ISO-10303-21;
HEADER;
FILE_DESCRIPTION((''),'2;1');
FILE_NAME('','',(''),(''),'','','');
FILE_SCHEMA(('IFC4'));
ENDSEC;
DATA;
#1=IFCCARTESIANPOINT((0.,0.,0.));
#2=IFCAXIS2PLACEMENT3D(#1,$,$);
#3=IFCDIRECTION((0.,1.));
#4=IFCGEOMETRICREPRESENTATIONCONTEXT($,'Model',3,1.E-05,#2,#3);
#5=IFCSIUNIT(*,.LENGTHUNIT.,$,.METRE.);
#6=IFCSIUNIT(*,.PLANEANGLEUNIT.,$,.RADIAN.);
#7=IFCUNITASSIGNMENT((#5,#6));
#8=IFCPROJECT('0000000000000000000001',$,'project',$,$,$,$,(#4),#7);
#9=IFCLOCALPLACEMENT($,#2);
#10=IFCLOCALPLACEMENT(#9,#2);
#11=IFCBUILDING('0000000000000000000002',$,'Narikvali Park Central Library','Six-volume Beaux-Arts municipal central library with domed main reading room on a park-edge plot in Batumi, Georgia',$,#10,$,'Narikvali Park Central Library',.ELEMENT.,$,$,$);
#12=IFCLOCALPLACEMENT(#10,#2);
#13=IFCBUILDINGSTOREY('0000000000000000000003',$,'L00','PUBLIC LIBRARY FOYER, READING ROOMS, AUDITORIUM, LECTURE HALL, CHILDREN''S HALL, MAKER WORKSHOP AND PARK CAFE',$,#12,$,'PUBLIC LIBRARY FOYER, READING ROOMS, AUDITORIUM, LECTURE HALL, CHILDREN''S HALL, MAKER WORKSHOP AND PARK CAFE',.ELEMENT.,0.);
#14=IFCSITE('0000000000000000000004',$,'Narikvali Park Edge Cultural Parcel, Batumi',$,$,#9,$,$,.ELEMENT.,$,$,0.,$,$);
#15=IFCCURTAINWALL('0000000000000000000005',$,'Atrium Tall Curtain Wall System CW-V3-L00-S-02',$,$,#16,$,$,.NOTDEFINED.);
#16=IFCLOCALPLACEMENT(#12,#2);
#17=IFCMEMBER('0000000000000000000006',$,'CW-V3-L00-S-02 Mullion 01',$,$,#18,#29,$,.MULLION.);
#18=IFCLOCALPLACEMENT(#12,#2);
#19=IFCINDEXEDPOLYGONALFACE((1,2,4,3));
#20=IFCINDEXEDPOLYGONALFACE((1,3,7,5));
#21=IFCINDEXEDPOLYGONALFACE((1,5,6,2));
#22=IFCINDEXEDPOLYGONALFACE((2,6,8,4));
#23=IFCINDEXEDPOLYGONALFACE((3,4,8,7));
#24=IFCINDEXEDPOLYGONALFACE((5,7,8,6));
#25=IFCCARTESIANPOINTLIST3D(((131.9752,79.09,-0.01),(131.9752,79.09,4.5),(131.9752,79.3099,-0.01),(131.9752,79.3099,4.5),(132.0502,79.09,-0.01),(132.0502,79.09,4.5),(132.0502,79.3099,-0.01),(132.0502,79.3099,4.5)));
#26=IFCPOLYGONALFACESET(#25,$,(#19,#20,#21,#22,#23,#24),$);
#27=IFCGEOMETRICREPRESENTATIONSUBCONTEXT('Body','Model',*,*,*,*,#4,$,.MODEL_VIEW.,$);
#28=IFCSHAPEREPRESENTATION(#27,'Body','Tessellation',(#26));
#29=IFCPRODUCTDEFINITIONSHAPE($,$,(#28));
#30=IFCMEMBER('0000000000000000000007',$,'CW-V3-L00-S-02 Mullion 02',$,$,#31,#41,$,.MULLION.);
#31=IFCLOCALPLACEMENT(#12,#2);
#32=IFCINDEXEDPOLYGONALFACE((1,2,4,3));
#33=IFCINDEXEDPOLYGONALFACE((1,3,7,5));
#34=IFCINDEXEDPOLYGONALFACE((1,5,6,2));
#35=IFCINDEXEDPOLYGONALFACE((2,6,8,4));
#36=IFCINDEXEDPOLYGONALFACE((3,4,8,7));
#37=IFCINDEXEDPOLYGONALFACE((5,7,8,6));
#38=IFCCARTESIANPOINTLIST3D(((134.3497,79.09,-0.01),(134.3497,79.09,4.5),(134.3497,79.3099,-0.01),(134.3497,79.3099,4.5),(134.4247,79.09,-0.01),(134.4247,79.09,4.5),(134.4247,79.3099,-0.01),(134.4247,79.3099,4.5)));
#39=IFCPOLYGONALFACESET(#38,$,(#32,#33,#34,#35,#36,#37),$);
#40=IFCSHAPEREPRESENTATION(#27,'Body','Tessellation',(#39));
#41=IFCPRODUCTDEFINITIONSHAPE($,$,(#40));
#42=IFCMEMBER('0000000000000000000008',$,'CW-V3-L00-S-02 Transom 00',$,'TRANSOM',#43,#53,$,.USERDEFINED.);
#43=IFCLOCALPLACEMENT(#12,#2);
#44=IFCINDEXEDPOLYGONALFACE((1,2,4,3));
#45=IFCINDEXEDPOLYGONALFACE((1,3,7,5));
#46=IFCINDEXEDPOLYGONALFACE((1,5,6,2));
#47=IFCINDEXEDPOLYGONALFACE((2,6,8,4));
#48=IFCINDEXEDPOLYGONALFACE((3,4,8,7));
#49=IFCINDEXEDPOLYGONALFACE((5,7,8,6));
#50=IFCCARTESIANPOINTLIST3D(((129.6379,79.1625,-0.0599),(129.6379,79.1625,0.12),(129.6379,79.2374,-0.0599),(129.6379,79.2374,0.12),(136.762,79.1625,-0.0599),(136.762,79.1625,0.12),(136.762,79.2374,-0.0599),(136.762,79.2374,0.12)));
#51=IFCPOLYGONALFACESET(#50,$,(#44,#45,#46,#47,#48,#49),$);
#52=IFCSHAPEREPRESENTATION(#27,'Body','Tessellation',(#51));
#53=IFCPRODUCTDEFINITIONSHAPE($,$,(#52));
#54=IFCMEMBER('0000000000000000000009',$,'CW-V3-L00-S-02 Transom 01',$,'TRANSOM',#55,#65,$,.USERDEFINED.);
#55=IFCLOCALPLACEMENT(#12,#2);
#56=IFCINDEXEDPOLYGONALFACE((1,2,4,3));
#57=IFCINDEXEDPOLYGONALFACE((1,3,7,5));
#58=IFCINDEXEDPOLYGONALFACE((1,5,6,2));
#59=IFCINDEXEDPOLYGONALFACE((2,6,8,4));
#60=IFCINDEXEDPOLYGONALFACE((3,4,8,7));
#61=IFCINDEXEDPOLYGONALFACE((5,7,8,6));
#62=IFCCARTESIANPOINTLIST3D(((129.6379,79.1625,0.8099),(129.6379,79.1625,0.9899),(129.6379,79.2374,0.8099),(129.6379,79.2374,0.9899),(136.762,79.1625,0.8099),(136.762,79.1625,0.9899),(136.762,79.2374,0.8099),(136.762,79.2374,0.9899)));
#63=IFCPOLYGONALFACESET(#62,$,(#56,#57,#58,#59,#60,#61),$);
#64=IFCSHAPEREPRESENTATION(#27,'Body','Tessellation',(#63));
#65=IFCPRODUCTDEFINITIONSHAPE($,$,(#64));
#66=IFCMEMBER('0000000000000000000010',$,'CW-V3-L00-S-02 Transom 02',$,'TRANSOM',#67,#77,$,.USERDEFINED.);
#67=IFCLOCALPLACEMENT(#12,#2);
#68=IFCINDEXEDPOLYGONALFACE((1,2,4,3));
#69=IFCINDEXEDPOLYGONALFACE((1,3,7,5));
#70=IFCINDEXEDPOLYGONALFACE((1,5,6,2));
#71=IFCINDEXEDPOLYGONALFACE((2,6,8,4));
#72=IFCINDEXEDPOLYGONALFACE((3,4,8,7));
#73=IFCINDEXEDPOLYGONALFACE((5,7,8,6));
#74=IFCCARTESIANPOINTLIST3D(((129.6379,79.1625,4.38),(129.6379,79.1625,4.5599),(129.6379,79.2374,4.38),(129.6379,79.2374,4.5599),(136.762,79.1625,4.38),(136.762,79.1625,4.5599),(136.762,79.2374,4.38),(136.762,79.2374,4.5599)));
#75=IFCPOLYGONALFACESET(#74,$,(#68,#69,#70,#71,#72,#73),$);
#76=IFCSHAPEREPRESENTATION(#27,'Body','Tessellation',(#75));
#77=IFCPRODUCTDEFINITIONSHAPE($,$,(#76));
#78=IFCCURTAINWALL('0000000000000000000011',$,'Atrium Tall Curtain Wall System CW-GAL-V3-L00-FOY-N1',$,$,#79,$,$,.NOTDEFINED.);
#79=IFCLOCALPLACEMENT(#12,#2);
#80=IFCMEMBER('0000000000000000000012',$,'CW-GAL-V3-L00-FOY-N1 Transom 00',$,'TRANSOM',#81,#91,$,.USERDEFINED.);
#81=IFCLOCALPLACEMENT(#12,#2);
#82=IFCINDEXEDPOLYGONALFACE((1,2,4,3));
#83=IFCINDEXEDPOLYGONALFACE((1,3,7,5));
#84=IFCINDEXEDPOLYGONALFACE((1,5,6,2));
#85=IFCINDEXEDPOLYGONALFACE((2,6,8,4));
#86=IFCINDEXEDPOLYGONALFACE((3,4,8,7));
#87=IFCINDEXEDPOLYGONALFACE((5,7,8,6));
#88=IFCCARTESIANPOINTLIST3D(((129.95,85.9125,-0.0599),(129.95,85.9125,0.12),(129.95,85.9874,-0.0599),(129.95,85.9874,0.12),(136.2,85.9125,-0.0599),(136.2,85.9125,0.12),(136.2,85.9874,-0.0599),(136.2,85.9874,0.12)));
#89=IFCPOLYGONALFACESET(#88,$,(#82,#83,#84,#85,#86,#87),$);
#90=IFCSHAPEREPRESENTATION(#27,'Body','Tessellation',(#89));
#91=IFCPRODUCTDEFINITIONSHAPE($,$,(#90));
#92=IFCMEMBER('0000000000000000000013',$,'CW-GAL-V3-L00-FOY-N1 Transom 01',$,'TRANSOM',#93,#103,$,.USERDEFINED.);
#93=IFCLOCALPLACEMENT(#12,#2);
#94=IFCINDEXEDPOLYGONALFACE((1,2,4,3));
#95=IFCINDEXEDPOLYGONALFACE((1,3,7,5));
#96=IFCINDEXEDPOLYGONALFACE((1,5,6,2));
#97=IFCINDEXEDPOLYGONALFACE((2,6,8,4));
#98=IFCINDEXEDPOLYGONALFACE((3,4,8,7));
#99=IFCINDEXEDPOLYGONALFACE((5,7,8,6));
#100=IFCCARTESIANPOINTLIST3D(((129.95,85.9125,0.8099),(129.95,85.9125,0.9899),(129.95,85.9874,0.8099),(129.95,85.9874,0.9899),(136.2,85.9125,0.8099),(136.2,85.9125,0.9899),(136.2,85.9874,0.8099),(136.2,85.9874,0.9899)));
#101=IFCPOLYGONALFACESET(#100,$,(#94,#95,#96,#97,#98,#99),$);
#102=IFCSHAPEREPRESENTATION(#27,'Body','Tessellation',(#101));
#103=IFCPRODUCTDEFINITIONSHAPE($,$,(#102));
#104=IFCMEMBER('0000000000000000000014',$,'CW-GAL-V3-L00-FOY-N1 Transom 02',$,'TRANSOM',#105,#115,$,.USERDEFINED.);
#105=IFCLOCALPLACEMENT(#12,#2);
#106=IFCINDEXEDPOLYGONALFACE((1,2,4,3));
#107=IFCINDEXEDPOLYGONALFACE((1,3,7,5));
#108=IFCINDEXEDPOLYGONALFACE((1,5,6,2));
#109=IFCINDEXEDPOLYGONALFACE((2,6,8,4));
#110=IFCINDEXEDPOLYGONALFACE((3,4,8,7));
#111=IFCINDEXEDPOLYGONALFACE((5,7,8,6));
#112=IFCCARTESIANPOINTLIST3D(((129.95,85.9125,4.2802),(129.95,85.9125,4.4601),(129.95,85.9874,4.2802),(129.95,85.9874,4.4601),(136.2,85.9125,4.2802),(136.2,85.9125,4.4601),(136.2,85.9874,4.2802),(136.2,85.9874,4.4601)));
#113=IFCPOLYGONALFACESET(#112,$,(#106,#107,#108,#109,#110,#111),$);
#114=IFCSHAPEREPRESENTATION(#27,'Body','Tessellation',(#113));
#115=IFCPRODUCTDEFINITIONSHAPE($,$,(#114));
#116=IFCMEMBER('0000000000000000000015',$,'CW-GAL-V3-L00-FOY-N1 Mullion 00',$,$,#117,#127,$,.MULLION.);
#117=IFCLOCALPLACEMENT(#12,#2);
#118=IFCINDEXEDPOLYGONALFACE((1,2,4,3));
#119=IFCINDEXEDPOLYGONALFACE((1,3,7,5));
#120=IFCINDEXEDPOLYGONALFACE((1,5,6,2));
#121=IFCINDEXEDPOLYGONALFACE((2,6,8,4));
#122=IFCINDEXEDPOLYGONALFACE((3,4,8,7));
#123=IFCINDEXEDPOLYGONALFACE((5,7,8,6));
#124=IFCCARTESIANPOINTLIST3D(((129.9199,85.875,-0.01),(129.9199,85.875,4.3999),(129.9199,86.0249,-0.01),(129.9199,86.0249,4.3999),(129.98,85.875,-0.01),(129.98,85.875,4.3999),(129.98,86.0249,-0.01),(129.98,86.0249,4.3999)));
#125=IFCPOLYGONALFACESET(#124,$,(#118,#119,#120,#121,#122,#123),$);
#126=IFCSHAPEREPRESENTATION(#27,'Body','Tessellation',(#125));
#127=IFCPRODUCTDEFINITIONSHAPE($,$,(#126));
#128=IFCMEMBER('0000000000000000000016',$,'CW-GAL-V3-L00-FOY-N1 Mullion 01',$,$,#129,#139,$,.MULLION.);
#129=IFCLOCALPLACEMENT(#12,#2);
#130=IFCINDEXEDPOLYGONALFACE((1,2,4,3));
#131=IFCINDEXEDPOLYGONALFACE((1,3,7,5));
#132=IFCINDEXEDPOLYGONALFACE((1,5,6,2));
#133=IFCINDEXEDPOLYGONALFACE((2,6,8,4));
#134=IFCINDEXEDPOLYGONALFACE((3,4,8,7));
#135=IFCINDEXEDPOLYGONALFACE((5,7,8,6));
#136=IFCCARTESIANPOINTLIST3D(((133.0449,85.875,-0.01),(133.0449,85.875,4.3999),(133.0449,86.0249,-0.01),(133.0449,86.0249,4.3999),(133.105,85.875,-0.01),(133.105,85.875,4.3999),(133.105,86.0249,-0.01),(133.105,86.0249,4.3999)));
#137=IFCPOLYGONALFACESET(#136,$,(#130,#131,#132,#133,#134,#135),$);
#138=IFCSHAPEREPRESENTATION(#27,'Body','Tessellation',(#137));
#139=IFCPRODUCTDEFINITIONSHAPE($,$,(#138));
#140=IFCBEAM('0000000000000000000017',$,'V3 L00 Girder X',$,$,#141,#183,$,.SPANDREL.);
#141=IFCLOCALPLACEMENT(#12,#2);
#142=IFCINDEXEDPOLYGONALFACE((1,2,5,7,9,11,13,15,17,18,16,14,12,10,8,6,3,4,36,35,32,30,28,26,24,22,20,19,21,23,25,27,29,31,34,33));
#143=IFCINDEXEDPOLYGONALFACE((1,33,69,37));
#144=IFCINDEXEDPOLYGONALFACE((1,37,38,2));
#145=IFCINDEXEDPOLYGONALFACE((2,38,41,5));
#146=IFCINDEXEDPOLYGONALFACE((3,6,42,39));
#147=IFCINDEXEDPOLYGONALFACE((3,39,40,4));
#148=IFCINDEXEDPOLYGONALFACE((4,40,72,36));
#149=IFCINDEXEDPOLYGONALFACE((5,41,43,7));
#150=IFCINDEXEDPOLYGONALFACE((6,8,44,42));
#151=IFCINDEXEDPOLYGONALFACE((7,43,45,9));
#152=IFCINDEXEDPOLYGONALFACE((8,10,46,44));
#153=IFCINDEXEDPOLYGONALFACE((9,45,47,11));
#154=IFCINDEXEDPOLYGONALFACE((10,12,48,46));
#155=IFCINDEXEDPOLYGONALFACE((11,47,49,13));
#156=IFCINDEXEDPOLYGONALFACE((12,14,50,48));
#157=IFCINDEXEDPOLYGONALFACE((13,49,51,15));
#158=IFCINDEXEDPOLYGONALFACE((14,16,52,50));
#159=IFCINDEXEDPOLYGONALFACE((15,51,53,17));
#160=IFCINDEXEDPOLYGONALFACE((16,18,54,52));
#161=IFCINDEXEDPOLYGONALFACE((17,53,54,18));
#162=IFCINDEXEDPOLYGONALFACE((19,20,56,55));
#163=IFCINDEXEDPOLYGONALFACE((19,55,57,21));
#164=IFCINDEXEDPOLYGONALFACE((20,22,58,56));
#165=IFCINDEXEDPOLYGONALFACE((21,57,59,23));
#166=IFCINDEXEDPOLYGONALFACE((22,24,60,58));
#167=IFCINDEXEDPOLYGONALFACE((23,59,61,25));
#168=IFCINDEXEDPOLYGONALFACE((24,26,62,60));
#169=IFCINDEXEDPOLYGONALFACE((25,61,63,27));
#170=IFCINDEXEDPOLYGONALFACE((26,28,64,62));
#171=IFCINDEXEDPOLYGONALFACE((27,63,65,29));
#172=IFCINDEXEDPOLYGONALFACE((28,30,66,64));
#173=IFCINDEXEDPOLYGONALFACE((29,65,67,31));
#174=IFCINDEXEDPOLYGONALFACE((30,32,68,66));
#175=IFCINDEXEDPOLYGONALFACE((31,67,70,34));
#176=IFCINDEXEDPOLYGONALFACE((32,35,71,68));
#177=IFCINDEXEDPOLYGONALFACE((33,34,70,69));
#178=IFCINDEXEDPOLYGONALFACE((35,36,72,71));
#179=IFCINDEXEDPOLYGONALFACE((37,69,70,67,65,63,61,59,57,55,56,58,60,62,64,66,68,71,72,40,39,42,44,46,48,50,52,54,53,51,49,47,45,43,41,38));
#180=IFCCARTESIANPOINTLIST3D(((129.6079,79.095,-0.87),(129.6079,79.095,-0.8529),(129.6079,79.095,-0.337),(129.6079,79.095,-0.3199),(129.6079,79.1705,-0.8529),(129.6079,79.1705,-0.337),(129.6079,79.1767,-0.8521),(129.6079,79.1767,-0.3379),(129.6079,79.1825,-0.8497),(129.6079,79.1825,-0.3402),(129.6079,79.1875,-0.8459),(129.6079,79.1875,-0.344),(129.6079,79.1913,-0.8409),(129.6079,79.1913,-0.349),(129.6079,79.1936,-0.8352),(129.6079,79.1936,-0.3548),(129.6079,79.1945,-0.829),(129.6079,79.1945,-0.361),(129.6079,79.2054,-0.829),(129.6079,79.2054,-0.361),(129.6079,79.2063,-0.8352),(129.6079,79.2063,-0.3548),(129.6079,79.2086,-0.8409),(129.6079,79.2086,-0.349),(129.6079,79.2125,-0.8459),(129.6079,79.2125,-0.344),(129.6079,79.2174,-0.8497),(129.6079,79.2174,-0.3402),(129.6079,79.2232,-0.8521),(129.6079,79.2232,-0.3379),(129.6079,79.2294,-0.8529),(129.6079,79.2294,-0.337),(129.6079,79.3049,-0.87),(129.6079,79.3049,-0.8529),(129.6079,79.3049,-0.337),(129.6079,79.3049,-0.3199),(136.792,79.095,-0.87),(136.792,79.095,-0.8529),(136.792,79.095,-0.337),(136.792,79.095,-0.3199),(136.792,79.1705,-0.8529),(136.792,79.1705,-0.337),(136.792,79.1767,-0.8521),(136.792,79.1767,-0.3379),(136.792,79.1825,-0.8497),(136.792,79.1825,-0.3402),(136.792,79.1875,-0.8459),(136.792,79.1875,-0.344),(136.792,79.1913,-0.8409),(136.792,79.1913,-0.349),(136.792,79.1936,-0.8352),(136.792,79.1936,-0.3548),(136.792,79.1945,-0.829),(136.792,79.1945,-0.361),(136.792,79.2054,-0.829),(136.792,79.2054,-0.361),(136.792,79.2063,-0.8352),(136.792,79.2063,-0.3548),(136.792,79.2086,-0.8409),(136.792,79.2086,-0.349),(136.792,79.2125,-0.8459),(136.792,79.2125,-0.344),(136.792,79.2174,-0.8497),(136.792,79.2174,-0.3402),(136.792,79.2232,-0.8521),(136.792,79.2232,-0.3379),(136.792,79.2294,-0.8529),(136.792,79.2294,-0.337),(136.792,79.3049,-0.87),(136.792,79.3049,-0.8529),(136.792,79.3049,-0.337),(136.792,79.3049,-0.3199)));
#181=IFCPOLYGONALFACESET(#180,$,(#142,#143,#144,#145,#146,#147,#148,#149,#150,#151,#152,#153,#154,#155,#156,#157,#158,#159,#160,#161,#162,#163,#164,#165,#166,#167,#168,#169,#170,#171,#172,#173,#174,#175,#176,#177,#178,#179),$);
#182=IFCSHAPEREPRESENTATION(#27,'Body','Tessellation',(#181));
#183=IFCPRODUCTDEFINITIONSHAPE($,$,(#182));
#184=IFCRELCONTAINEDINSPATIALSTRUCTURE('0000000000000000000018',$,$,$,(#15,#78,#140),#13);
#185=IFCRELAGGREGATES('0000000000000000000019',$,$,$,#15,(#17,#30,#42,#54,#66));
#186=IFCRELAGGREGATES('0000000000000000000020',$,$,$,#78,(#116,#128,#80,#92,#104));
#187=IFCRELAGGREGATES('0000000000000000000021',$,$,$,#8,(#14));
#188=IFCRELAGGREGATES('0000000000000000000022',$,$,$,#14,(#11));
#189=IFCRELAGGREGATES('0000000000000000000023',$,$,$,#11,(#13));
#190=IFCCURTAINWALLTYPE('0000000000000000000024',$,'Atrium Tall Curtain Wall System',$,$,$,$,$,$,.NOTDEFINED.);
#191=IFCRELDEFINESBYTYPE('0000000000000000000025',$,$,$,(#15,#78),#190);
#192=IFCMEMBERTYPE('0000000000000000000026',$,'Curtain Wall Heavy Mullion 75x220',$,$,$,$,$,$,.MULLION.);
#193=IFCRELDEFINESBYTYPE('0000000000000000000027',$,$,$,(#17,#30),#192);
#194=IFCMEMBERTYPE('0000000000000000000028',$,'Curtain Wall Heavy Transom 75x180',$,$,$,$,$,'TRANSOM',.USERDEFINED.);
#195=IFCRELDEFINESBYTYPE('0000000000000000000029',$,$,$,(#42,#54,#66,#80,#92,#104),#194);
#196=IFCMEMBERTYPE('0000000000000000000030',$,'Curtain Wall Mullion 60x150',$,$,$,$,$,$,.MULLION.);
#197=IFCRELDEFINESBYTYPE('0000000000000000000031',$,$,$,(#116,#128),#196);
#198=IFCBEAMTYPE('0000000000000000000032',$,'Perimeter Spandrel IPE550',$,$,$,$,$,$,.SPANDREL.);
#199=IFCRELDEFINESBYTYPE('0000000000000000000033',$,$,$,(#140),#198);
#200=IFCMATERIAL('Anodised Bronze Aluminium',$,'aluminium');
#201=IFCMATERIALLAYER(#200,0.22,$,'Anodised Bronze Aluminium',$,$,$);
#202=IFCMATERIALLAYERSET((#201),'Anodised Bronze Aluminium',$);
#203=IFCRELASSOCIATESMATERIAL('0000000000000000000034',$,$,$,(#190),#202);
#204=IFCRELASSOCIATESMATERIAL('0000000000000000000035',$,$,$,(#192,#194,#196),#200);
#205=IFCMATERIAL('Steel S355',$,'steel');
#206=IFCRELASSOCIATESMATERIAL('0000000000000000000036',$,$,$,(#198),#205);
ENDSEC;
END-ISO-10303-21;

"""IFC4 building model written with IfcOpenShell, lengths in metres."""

from ifc_helpers import new_model, si_unit, direction, frame, origin, origin_2d, place, context, subcontext, project, spatial, rectangle, i_section, extrude, material, layer, layer_set, material_profile, profile_set, type_object, element, aggregate, save


model = new_model("IFC4")

# Units and contexts
model_context = context("Model", 3, precision=1e-05, world=origin(), true_north=direction((0.0, 1.0)))
body_context = subcontext(model_context, "Body", "Model", "MODEL_VIEW")
ifc_project = project(units=[si_unit("LENGTHUNIT", "METRE"), si_unit("PLANEANGLEUNIT", "RADIAN")], contexts=[model_context])

# Site, building, storey
site_placement = place(None, origin())
site = spatial("IfcSite", under=ifc_project, at=site_placement, Name="Narikvali Park Edge Cultural Parcel, Batumi", CompositionType="ELEMENT", RefElevation=0.0)
building_placement = place(site_placement, origin())
building = spatial("IfcBuilding", under=site, at=building_placement, Name="Narikvali Park Central Library", Description="Six-volume Beaux-Arts municipal central library with domed main reading room on a park-edge plot in Batumi, Georgia", LongName="Narikvali Park Central Library", CompositionType="ELEMENT")
storey_placement = place(building_placement, origin())
storey = spatial("IfcBuildingStorey", under=building, at=storey_placement, Name="L00", Description="PUBLIC LIBRARY FOYER, READING ROOMS, AUDITORIUM, LECTURE HALL, CHILDREN'S HALL, MAKER WORKSHOP AND PARK CAFE", LongName="PUBLIC LIBRARY FOYER, READING ROOMS, AUDITORIUM, LECTURE HALL, CHILDREN'S HALL, MAKER WORKSHOP AND PARK CAFE", CompositionType="ELEMENT", Elevation=0.0)

# Shared definitions
ifc_material_1 = material(Name="Steel S355", Category="steel")

# Curtain walls, members
ifc_material_2 = material(Name="Anodised Bronze Aluminium", Category="aluminium")
ifc_layer_1 = layer(ifc_material_2, 0.22, Name="Anodised Bronze Aluminium")
ifc_layer_set_1 = layer_set([ifc_layer_1], Name="Anodised Bronze Aluminium")
curtain_wall_type = type_object("IfcCurtainWallType", Name="Atrium Tall Curtain Wall System", PredefinedType="NOTDEFINED", material=ifc_layer_set_1)
curtain_wall_1_placement = place(storey_placement, origin())
curtain_wall_1 = element("IfcCurtainWall", 1, at=curtain_wall_1_placement, inside=storey, type_object=curtain_wall_type, Name="Atrium Tall Curtain Wall System CW-V3-L00-S-02", PredefinedType="NOTDEFINED")
ifc_material_profile_1 = material_profile(ifc_material_2, rectangle(XDim=0.075, YDim=0.22, at=origin_2d()), Name="CW MULLION 75x220")
ifc_profile_set_1 = profile_set([ifc_material_profile_1], Name="Anodised Bronze Aluminium")
member_type_1 = type_object("IfcMemberType", Name="Curtain Wall Heavy Mullion 75x220", PredefinedType="MULLION", material=ifc_profile_set_1)
member_1_placement = place(storey_placement, frame((132.0127, 79.2, -0.01), z_axis=(0.0, 0.0, 1.0), x_axis=(1.0, 0.0, 0.0)))
member_1 = element("IfcMember", 2, at=member_1_placement, type_object=member_type_1, Name="CW-V3-L00-S-02 Mullion 01", PredefinedType="MULLION", context=body_context, shape_type="SweptSolid", body=[
    extrude(rectangle(XDim=0.075, YDim=0.22, at=origin_2d()), origin(), (0.0, 0.0, 1.0), 4.51),
])
member_2_placement = place(storey_placement, frame((134.3872, 79.2, -0.01), z_axis=(0.0, 0.0, 1.0), x_axis=(1.0, 0.0, 0.0)))
member_2 = element("IfcMember", 3, at=member_2_placement, type_object=member_type_1, Name="CW-V3-L00-S-02 Mullion 02", PredefinedType="MULLION", context=body_context, shape_type="SweptSolid", body=[
    extrude(rectangle(XDim=0.075, YDim=0.22, at=origin_2d()), origin(), (0.0, 0.0, 1.0), 4.51),
])
ifc_material_profile_2 = material_profile(ifc_material_2, rectangle(XDim=0.075, YDim=0.1799, at=origin_2d()), Name="CW TRANSOM 75x180")
ifc_profile_set_2 = profile_set([ifc_material_profile_2], Name="Anodised Bronze Aluminium")
member_type_2 = type_object("IfcMemberType", Name="Curtain Wall Heavy Transom 75x180", ElementType="TRANSOM", PredefinedType="USERDEFINED", material=ifc_profile_set_2)
member_3_placement = place(storey_placement, frame((129.6379, 79.2, 0.03), z_axis=(1.0, 0.0, 0.0), x_axis=(0.0, 1.0, 0.0)))
member_3 = element("IfcMember", 4, at=member_3_placement, type_object=member_type_2, Name="CW-V3-L00-S-02 Transom 00", ObjectType="TRANSOM", PredefinedType="USERDEFINED", context=body_context, shape_type="SweptSolid", body=[
    extrude(rectangle(XDim=0.075, YDim=0.1799, at=origin_2d()), origin(), (0.0, 0.0, 1.0), 7.124),
])
member_4_placement = place(storey_placement, frame((129.6379, 79.2, 0.8999), z_axis=(1.0, 0.0, 0.0), x_axis=(0.0, 1.0, 0.0)))
member_4 = element("IfcMember", 5, at=member_4_placement, type_object=member_type_2, Name="CW-V3-L00-S-02 Transom 01", ObjectType="TRANSOM", PredefinedType="USERDEFINED", context=body_context, shape_type="SweptSolid", body=[
    extrude(rectangle(XDim=0.075, YDim=0.1799, at=origin_2d()), origin(), (0.0, 0.0, 1.0), 7.124),
])
member_5_placement = place(storey_placement, frame((129.6379, 79.2, 4.47), z_axis=(1.0, 0.0, 0.0), x_axis=(0.0, 1.0, 0.0)))
member_5 = element("IfcMember", 6, at=member_5_placement, type_object=member_type_2, Name="CW-V3-L00-S-02 Transom 02", ObjectType="TRANSOM", PredefinedType="USERDEFINED", context=body_context, shape_type="SweptSolid", body=[
    extrude(rectangle(XDim=0.075, YDim=0.1799, at=origin_2d()), origin(), (0.0, 0.0, 1.0), 7.124),
])
curtain_wall_2_placement = place(storey_placement, origin())
curtain_wall_2 = element("IfcCurtainWall", 7, at=curtain_wall_2_placement, inside=storey, type_object=curtain_wall_type, Name="Atrium Tall Curtain Wall System CW-GAL-V3-L00-FOY-N1", PredefinedType="NOTDEFINED")
member_6_placement = place(storey_placement, frame((129.95, 85.95, 0.03), z_axis=(1.0, 0.0, 0.0), x_axis=(0.0, 1.0, 0.0)))
member_6 = element("IfcMember", 8, at=member_6_placement, type_object=member_type_2, Name="CW-GAL-V3-L00-FOY-N1 Transom 00", ObjectType="TRANSOM", PredefinedType="USERDEFINED", context=body_context, shape_type="SweptSolid", body=[
    extrude(rectangle(XDim=0.075, YDim=0.1799, at=origin_2d()), origin(), (0.0, 0.0, 1.0), 6.25),
])
member_7_placement = place(storey_placement, frame((129.95, 85.95, 0.8999), z_axis=(1.0, 0.0, 0.0), x_axis=(0.0, 1.0, 0.0)))
member_7 = element("IfcMember", 9, at=member_7_placement, type_object=member_type_2, Name="CW-GAL-V3-L00-FOY-N1 Transom 01", ObjectType="TRANSOM", PredefinedType="USERDEFINED", context=body_context, shape_type="SweptSolid", body=[
    extrude(rectangle(XDim=0.075, YDim=0.1799, at=origin_2d()), origin(), (0.0, 0.0, 1.0), 6.25),
])
member_8_placement = place(storey_placement, frame((129.95, 85.95, 4.3701), z_axis=(1.0, 0.0, 0.0), x_axis=(0.0, 1.0, 0.0)))
member_8 = element("IfcMember", 10, at=member_8_placement, type_object=member_type_2, Name="CW-GAL-V3-L00-FOY-N1 Transom 02", ObjectType="TRANSOM", PredefinedType="USERDEFINED", context=body_context, shape_type="SweptSolid", body=[
    extrude(rectangle(XDim=0.075, YDim=0.1799, at=origin_2d()), origin(), (0.0, 0.0, 1.0), 6.25),
])
ifc_material_profile_3 = material_profile(ifc_material_2, rectangle(XDim=0.0601, YDim=0.1499, at=origin_2d()), Name="CW MULLION 60x150")
ifc_profile_set_3 = profile_set([ifc_material_profile_3], Name="Anodised Bronze Aluminium")
member_type_3 = type_object("IfcMemberType", Name="Curtain Wall Mullion 60x150", PredefinedType="MULLION", material=ifc_profile_set_3)
member_9_placement = place(storey_placement, frame((129.95, 85.95, -0.01), z_axis=(0.0, 0.0, 1.0), x_axis=(1.0, 0.0, 0.0)))
member_9 = element("IfcMember", 11, at=member_9_placement, type_object=member_type_3, Name="CW-GAL-V3-L00-FOY-N1 Mullion 00", PredefinedType="MULLION", context=body_context, shape_type="SweptSolid", body=[
    extrude(rectangle(XDim=0.0601, YDim=0.1499, at=origin_2d()), origin(), (0.0, 0.0, 1.0), 4.4099),
])
member_10_placement = place(storey_placement, frame((133.075, 85.95, -0.01), z_axis=(0.0, 0.0, 1.0), x_axis=(1.0, 0.0, 0.0)))
member_10 = element("IfcMember", 12, at=member_10_placement, type_object=member_type_3, Name="CW-GAL-V3-L00-FOY-N1 Mullion 01", PredefinedType="MULLION", context=body_context, shape_type="SweptSolid", body=[
    extrude(rectangle(XDim=0.0601, YDim=0.1499, at=origin_2d()), origin(), (0.0, 0.0, 1.0), 4.4099),
])

# Beam
ifc_material_profile_4 = material_profile(ifc_material_1, i_section(OverallWidth=0.21, OverallDepth=0.55, WebThickness=0.011, FlangeThickness=0.0171, FilletRadius=0.0239, at=origin_2d()), Name="IPE 550")
ifc_profile_set_4 = profile_set([ifc_material_profile_4], Name="Steel S355")
beam_type_1 = type_object("IfcBeamType", Name="Perimeter Spandrel IPE550", PredefinedType="SPANDREL", material=ifc_profile_set_4)
beam_1_placement = place(storey_placement, frame((129.6079, 79.2, -0.595), z_axis=(1.0, 0.0, 0.0), x_axis=(0.0, 1.0, 0.0)))
element("IfcBeam", 13, at=beam_1_placement, inside=storey, type_object=beam_type_1, Name="V3 L00 Girder X", PredefinedType="SPANDREL", context=body_context, shape_type="SweptSolid", body=[
    extrude(i_section(OverallWidth=0.21, OverallDepth=0.55, WebThickness=0.011, FlangeThickness=0.0171, FilletRadius=0.0239, at=origin_2d()), origin(), (0.0, 0.0, 1.0), 7.1841),
])

aggregate(curtain_wall_1, [member_1, member_2, member_3, member_4, member_5])
aggregate(curtain_wall_2, [member_9, member_10, member_6, member_7, member_8])

save(model, "model.ifc")
